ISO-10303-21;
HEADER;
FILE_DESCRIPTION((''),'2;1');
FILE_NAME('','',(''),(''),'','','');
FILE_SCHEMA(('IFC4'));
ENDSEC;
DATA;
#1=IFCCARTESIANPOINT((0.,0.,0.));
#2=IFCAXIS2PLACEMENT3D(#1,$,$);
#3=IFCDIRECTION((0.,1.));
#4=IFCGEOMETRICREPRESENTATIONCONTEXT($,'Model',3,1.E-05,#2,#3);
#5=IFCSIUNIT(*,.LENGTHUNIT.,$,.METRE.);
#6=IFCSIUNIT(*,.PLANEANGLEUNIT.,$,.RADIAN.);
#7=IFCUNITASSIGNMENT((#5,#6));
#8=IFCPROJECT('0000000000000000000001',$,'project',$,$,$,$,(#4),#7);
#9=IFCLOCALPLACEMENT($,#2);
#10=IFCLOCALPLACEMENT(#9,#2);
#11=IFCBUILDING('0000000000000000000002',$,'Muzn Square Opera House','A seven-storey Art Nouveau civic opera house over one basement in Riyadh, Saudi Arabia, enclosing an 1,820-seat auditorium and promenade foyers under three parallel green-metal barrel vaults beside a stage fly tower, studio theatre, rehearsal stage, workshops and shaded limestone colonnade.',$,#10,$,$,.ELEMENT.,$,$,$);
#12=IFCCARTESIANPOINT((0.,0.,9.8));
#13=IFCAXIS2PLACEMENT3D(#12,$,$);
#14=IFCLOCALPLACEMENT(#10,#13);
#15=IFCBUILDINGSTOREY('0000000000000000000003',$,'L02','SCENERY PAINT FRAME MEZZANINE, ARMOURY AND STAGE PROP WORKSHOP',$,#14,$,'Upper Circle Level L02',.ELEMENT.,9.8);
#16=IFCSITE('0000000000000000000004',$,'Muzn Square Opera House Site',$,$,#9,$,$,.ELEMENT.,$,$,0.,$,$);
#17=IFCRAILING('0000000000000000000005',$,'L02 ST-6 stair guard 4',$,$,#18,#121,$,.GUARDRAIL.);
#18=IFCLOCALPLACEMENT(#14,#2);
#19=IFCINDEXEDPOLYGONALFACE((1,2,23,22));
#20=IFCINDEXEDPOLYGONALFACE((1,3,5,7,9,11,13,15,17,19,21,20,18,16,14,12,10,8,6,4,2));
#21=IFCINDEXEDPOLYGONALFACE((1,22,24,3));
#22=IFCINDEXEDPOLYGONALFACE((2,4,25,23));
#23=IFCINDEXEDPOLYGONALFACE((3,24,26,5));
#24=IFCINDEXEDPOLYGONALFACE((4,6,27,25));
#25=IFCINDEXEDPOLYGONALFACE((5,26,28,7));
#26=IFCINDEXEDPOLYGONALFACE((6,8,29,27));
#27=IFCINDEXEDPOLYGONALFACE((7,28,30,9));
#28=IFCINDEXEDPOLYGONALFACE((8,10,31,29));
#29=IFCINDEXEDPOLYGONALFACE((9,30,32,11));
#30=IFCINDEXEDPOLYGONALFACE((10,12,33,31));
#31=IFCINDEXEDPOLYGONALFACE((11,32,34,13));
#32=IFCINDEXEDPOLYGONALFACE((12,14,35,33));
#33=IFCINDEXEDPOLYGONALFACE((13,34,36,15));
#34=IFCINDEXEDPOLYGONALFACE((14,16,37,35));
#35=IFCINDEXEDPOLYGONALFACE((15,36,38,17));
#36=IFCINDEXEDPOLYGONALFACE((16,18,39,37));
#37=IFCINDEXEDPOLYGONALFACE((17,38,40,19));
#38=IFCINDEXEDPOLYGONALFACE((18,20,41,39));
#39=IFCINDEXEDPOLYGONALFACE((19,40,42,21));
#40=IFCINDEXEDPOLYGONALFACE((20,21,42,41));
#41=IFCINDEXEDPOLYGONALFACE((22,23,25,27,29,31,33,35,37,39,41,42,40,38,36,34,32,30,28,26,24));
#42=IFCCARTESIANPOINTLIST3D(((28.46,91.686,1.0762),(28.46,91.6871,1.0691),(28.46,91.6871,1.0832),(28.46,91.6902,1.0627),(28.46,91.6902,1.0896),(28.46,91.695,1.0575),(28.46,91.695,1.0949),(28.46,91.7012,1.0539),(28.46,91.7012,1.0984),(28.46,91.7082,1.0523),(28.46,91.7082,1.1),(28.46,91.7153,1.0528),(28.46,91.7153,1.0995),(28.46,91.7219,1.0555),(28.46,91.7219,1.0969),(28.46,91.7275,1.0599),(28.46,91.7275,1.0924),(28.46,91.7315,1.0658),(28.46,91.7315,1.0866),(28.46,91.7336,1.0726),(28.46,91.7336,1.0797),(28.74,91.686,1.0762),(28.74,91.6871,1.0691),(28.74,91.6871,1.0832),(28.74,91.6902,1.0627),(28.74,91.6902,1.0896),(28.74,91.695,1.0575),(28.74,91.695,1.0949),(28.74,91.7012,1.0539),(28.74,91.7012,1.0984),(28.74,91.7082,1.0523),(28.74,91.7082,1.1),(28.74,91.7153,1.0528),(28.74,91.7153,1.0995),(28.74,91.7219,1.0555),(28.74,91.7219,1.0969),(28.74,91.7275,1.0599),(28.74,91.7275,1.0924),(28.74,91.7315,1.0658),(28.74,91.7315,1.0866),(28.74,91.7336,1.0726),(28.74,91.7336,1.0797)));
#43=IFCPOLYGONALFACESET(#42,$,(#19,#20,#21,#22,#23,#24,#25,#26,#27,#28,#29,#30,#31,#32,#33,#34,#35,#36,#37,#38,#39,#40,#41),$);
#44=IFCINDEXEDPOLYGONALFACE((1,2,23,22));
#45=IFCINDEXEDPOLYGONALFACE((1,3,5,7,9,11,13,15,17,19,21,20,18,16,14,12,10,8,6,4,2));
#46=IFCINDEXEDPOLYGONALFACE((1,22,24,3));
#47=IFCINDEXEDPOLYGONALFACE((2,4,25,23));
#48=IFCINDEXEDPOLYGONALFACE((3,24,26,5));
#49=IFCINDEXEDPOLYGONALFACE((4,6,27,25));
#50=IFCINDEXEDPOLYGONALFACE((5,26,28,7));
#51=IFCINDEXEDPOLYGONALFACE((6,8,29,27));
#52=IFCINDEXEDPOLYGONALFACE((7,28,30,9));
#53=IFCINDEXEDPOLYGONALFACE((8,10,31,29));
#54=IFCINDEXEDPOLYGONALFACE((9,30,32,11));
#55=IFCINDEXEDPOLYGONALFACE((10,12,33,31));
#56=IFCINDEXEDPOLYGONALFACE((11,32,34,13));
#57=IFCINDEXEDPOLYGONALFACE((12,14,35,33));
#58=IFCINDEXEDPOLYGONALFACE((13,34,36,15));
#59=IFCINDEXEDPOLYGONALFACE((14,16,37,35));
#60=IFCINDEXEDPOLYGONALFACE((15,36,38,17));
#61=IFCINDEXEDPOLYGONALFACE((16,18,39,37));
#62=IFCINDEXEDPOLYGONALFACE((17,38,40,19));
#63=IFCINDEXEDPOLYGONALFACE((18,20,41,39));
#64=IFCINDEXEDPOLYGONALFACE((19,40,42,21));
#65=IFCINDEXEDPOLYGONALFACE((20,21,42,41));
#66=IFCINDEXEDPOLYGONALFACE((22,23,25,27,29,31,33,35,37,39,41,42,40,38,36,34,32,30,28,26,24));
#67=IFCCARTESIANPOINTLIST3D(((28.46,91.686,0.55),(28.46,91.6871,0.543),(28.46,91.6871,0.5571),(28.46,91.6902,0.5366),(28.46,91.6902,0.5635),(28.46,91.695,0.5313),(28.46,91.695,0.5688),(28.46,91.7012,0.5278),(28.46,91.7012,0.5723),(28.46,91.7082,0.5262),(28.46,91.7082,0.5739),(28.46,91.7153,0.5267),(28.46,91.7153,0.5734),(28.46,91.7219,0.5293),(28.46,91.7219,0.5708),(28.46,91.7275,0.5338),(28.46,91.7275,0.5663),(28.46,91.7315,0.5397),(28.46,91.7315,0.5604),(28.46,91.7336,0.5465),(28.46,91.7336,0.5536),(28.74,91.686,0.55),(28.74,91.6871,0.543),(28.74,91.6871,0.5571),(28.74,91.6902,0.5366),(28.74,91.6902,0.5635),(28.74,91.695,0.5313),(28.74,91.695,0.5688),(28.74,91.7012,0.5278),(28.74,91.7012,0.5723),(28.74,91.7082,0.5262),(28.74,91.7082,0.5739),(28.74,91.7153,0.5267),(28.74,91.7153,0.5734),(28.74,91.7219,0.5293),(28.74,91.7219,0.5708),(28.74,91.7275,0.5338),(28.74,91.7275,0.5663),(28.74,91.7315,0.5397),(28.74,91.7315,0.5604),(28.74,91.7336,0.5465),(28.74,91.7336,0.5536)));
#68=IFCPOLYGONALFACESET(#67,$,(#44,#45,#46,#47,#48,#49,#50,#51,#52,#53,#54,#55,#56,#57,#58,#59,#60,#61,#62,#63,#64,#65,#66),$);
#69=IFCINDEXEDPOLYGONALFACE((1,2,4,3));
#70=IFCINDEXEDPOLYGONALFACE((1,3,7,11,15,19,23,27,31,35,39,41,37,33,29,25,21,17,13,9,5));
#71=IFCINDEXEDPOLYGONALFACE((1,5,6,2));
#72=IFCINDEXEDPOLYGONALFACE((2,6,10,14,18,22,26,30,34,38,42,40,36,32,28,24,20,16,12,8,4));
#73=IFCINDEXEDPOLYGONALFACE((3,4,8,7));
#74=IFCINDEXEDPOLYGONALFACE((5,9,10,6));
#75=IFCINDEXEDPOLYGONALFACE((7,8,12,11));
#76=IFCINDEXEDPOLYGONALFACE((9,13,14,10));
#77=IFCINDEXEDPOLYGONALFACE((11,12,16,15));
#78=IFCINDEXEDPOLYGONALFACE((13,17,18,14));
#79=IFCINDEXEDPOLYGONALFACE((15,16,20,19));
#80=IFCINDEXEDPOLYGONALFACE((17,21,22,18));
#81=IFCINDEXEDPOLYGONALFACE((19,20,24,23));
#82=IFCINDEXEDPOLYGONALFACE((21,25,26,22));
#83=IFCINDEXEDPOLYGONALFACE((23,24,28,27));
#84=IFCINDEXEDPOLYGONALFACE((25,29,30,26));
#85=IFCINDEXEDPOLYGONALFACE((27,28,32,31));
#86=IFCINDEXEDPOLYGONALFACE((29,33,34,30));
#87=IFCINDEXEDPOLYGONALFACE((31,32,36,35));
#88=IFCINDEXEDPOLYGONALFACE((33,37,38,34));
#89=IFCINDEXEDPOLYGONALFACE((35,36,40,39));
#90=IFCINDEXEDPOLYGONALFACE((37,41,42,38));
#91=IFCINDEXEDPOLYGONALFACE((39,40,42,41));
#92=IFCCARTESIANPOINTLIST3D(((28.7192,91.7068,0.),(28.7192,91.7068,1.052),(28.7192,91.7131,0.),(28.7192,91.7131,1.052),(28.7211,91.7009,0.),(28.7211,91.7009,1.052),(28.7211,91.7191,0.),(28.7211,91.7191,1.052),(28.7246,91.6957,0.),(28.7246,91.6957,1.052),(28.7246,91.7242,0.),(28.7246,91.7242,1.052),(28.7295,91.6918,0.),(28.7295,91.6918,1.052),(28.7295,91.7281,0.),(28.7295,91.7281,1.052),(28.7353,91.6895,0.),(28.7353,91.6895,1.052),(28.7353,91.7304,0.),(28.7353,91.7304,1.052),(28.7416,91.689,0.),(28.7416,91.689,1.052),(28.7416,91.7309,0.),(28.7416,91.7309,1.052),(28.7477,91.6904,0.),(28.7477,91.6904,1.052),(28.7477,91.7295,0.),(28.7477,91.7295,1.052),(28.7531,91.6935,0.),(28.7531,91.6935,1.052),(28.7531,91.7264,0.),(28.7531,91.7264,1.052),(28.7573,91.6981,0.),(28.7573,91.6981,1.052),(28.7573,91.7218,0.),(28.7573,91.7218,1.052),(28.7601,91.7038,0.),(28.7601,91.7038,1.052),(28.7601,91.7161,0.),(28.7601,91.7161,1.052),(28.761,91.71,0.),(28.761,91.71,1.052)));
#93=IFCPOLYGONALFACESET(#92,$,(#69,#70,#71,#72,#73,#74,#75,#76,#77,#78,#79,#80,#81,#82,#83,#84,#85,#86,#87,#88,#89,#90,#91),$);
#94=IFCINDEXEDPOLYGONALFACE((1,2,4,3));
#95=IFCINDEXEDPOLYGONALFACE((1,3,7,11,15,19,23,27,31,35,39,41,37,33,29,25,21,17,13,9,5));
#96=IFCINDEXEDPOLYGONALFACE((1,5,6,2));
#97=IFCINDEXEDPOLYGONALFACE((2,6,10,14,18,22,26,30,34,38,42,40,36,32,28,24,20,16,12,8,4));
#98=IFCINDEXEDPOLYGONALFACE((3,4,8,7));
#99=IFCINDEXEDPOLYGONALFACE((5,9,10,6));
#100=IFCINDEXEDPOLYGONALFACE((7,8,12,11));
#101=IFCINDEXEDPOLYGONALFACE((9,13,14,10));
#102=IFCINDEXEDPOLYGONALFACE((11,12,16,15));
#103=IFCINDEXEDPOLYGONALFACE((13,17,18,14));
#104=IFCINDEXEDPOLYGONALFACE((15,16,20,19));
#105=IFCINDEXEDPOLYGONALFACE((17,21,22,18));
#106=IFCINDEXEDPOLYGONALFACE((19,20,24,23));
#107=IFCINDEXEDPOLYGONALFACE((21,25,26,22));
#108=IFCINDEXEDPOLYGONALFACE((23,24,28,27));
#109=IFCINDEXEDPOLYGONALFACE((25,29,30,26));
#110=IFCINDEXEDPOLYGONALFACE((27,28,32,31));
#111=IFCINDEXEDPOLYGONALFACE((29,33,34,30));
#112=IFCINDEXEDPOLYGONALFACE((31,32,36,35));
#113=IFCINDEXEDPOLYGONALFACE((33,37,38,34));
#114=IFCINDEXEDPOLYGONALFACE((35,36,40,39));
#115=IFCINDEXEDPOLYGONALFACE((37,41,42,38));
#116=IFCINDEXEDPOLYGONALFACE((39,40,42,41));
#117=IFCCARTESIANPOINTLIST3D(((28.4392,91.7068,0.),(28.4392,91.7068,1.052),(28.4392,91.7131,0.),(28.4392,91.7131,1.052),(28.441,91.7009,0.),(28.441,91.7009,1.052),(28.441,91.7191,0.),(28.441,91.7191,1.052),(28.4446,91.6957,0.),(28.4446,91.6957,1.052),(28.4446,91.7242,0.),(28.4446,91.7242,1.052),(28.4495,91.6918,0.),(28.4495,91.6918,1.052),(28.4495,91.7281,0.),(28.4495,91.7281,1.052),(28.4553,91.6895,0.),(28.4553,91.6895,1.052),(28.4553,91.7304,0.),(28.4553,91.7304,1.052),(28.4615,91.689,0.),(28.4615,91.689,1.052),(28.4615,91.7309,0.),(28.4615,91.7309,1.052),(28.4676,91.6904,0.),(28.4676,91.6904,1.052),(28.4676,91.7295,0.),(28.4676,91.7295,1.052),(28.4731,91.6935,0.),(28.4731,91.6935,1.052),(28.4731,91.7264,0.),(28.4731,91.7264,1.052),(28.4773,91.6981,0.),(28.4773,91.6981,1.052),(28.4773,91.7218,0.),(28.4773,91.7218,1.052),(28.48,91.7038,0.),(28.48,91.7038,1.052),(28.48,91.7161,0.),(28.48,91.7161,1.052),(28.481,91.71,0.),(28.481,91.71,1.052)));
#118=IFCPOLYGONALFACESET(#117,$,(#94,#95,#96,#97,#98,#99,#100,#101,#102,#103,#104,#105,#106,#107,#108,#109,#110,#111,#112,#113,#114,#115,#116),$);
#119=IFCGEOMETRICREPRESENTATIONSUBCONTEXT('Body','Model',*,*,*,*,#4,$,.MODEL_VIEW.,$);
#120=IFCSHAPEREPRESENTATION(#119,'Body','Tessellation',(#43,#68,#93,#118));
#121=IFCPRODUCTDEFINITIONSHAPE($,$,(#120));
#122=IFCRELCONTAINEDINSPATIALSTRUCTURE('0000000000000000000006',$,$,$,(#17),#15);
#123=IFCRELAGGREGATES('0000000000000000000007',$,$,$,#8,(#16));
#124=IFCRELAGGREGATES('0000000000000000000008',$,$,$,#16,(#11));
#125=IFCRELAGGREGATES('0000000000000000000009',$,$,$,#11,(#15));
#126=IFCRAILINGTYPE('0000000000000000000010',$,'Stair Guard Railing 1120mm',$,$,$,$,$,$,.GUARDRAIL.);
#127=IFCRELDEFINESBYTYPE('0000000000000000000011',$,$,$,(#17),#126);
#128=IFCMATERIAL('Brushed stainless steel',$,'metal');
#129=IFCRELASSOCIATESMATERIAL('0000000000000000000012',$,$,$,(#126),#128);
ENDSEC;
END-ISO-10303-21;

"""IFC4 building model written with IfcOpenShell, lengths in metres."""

from ifc_helpers import new_model, si_unit, direction, frame, origin, origin_2d, place, context, subcontext, project, spatial, circle, extrude, material, type_object, element, save


model = new_model("IFC4")

# Units and contexts
model_context = context("Model", 3, precision=1e-05, world=origin(), true_north=direction((0.0, 1.0)))
body_context = subcontext(model_context, "Body", "Model", "MODEL_VIEW")
ifc_project = project(units=[si_unit("LENGTHUNIT", "METRE"), si_unit("PLANEANGLEUNIT", "RADIAN")], contexts=[model_context])

# Site, building, storey
site_placement = place(None, origin())
site = spatial("IfcSite", under=ifc_project, at=site_placement, Name="Muzn Square Opera House Site", CompositionType="ELEMENT", RefElevation=0.0)
building_placement = place(site_placement, origin())
building = spatial("IfcBuilding", under=site, at=building_placement, Name="Muzn Square Opera House", Description="A seven-storey Art Nouveau civic opera house over one basement in Riyadh, Saudi Arabia, enclosing an 1,820-seat auditorium and promenade foyers under three parallel green-metal barrel vaults beside a stage fly tower, studio theatre, rehearsal stage, workshops and shaded limestone colonnade.", CompositionType="ELEMENT")
storey_placement = place(building_placement, frame((0.0, 0.0, 9.8)))
storey = spatial("IfcBuildingStorey", under=building, at=storey_placement, Name="L02", Description="SCENERY PAINT FRAME MEZZANINE, ARMOURY AND STAGE PROP WORKSHOP", LongName="Upper Circle Level L02", CompositionType="ELEMENT", Elevation=9.8)

# Railing
ifc_material_1 = material(Name="Brushed stainless steel", Category="metal")
railing_type = type_object("IfcRailingType", Name="Stair Guard Railing 1120mm", PredefinedType="GUARDRAIL", material=ifc_material_1)
railing_1_placement = place(storey_placement, frame((28.74, 91.71, 0.0)))
element("IfcRailing", 1, at=railing_1_placement, inside=storey, type_object=railing_type, Name="L02 ST-6 stair guard 4", PredefinedType="GUARDRAIL", context=body_context, shape_type="SweptSolid", body=[
    extrude(circle(Radius=0.0239, at=origin_2d()), frame((0.0, 0.0, 1.0762), z_axis=(-1.0, 0.0, 0.0), x_axis=(0.0, -1.0, 0.0)), (0.0, 0.0, 1.0), 0.28),
    extrude(circle(Radius=0.0239, at=origin_2d()), frame((0.0, 0.0, 0.55), z_axis=(-1.0, 0.0, 0.0), x_axis=(0.0, -1.0, 0.0)), (0.0, 0.0, 1.0), 0.28),
    extrude(circle(Radius=0.021, at=origin_2d()), origin(), (0.0, 0.0, 1.0), 1.052),
    extrude(circle(Radius=0.021, at=origin_2d()), frame((-0.28, 0.0, 0.0)), (0.0, 0.0, 1.0), 1.052),
])

save(model, "model.ifc")
